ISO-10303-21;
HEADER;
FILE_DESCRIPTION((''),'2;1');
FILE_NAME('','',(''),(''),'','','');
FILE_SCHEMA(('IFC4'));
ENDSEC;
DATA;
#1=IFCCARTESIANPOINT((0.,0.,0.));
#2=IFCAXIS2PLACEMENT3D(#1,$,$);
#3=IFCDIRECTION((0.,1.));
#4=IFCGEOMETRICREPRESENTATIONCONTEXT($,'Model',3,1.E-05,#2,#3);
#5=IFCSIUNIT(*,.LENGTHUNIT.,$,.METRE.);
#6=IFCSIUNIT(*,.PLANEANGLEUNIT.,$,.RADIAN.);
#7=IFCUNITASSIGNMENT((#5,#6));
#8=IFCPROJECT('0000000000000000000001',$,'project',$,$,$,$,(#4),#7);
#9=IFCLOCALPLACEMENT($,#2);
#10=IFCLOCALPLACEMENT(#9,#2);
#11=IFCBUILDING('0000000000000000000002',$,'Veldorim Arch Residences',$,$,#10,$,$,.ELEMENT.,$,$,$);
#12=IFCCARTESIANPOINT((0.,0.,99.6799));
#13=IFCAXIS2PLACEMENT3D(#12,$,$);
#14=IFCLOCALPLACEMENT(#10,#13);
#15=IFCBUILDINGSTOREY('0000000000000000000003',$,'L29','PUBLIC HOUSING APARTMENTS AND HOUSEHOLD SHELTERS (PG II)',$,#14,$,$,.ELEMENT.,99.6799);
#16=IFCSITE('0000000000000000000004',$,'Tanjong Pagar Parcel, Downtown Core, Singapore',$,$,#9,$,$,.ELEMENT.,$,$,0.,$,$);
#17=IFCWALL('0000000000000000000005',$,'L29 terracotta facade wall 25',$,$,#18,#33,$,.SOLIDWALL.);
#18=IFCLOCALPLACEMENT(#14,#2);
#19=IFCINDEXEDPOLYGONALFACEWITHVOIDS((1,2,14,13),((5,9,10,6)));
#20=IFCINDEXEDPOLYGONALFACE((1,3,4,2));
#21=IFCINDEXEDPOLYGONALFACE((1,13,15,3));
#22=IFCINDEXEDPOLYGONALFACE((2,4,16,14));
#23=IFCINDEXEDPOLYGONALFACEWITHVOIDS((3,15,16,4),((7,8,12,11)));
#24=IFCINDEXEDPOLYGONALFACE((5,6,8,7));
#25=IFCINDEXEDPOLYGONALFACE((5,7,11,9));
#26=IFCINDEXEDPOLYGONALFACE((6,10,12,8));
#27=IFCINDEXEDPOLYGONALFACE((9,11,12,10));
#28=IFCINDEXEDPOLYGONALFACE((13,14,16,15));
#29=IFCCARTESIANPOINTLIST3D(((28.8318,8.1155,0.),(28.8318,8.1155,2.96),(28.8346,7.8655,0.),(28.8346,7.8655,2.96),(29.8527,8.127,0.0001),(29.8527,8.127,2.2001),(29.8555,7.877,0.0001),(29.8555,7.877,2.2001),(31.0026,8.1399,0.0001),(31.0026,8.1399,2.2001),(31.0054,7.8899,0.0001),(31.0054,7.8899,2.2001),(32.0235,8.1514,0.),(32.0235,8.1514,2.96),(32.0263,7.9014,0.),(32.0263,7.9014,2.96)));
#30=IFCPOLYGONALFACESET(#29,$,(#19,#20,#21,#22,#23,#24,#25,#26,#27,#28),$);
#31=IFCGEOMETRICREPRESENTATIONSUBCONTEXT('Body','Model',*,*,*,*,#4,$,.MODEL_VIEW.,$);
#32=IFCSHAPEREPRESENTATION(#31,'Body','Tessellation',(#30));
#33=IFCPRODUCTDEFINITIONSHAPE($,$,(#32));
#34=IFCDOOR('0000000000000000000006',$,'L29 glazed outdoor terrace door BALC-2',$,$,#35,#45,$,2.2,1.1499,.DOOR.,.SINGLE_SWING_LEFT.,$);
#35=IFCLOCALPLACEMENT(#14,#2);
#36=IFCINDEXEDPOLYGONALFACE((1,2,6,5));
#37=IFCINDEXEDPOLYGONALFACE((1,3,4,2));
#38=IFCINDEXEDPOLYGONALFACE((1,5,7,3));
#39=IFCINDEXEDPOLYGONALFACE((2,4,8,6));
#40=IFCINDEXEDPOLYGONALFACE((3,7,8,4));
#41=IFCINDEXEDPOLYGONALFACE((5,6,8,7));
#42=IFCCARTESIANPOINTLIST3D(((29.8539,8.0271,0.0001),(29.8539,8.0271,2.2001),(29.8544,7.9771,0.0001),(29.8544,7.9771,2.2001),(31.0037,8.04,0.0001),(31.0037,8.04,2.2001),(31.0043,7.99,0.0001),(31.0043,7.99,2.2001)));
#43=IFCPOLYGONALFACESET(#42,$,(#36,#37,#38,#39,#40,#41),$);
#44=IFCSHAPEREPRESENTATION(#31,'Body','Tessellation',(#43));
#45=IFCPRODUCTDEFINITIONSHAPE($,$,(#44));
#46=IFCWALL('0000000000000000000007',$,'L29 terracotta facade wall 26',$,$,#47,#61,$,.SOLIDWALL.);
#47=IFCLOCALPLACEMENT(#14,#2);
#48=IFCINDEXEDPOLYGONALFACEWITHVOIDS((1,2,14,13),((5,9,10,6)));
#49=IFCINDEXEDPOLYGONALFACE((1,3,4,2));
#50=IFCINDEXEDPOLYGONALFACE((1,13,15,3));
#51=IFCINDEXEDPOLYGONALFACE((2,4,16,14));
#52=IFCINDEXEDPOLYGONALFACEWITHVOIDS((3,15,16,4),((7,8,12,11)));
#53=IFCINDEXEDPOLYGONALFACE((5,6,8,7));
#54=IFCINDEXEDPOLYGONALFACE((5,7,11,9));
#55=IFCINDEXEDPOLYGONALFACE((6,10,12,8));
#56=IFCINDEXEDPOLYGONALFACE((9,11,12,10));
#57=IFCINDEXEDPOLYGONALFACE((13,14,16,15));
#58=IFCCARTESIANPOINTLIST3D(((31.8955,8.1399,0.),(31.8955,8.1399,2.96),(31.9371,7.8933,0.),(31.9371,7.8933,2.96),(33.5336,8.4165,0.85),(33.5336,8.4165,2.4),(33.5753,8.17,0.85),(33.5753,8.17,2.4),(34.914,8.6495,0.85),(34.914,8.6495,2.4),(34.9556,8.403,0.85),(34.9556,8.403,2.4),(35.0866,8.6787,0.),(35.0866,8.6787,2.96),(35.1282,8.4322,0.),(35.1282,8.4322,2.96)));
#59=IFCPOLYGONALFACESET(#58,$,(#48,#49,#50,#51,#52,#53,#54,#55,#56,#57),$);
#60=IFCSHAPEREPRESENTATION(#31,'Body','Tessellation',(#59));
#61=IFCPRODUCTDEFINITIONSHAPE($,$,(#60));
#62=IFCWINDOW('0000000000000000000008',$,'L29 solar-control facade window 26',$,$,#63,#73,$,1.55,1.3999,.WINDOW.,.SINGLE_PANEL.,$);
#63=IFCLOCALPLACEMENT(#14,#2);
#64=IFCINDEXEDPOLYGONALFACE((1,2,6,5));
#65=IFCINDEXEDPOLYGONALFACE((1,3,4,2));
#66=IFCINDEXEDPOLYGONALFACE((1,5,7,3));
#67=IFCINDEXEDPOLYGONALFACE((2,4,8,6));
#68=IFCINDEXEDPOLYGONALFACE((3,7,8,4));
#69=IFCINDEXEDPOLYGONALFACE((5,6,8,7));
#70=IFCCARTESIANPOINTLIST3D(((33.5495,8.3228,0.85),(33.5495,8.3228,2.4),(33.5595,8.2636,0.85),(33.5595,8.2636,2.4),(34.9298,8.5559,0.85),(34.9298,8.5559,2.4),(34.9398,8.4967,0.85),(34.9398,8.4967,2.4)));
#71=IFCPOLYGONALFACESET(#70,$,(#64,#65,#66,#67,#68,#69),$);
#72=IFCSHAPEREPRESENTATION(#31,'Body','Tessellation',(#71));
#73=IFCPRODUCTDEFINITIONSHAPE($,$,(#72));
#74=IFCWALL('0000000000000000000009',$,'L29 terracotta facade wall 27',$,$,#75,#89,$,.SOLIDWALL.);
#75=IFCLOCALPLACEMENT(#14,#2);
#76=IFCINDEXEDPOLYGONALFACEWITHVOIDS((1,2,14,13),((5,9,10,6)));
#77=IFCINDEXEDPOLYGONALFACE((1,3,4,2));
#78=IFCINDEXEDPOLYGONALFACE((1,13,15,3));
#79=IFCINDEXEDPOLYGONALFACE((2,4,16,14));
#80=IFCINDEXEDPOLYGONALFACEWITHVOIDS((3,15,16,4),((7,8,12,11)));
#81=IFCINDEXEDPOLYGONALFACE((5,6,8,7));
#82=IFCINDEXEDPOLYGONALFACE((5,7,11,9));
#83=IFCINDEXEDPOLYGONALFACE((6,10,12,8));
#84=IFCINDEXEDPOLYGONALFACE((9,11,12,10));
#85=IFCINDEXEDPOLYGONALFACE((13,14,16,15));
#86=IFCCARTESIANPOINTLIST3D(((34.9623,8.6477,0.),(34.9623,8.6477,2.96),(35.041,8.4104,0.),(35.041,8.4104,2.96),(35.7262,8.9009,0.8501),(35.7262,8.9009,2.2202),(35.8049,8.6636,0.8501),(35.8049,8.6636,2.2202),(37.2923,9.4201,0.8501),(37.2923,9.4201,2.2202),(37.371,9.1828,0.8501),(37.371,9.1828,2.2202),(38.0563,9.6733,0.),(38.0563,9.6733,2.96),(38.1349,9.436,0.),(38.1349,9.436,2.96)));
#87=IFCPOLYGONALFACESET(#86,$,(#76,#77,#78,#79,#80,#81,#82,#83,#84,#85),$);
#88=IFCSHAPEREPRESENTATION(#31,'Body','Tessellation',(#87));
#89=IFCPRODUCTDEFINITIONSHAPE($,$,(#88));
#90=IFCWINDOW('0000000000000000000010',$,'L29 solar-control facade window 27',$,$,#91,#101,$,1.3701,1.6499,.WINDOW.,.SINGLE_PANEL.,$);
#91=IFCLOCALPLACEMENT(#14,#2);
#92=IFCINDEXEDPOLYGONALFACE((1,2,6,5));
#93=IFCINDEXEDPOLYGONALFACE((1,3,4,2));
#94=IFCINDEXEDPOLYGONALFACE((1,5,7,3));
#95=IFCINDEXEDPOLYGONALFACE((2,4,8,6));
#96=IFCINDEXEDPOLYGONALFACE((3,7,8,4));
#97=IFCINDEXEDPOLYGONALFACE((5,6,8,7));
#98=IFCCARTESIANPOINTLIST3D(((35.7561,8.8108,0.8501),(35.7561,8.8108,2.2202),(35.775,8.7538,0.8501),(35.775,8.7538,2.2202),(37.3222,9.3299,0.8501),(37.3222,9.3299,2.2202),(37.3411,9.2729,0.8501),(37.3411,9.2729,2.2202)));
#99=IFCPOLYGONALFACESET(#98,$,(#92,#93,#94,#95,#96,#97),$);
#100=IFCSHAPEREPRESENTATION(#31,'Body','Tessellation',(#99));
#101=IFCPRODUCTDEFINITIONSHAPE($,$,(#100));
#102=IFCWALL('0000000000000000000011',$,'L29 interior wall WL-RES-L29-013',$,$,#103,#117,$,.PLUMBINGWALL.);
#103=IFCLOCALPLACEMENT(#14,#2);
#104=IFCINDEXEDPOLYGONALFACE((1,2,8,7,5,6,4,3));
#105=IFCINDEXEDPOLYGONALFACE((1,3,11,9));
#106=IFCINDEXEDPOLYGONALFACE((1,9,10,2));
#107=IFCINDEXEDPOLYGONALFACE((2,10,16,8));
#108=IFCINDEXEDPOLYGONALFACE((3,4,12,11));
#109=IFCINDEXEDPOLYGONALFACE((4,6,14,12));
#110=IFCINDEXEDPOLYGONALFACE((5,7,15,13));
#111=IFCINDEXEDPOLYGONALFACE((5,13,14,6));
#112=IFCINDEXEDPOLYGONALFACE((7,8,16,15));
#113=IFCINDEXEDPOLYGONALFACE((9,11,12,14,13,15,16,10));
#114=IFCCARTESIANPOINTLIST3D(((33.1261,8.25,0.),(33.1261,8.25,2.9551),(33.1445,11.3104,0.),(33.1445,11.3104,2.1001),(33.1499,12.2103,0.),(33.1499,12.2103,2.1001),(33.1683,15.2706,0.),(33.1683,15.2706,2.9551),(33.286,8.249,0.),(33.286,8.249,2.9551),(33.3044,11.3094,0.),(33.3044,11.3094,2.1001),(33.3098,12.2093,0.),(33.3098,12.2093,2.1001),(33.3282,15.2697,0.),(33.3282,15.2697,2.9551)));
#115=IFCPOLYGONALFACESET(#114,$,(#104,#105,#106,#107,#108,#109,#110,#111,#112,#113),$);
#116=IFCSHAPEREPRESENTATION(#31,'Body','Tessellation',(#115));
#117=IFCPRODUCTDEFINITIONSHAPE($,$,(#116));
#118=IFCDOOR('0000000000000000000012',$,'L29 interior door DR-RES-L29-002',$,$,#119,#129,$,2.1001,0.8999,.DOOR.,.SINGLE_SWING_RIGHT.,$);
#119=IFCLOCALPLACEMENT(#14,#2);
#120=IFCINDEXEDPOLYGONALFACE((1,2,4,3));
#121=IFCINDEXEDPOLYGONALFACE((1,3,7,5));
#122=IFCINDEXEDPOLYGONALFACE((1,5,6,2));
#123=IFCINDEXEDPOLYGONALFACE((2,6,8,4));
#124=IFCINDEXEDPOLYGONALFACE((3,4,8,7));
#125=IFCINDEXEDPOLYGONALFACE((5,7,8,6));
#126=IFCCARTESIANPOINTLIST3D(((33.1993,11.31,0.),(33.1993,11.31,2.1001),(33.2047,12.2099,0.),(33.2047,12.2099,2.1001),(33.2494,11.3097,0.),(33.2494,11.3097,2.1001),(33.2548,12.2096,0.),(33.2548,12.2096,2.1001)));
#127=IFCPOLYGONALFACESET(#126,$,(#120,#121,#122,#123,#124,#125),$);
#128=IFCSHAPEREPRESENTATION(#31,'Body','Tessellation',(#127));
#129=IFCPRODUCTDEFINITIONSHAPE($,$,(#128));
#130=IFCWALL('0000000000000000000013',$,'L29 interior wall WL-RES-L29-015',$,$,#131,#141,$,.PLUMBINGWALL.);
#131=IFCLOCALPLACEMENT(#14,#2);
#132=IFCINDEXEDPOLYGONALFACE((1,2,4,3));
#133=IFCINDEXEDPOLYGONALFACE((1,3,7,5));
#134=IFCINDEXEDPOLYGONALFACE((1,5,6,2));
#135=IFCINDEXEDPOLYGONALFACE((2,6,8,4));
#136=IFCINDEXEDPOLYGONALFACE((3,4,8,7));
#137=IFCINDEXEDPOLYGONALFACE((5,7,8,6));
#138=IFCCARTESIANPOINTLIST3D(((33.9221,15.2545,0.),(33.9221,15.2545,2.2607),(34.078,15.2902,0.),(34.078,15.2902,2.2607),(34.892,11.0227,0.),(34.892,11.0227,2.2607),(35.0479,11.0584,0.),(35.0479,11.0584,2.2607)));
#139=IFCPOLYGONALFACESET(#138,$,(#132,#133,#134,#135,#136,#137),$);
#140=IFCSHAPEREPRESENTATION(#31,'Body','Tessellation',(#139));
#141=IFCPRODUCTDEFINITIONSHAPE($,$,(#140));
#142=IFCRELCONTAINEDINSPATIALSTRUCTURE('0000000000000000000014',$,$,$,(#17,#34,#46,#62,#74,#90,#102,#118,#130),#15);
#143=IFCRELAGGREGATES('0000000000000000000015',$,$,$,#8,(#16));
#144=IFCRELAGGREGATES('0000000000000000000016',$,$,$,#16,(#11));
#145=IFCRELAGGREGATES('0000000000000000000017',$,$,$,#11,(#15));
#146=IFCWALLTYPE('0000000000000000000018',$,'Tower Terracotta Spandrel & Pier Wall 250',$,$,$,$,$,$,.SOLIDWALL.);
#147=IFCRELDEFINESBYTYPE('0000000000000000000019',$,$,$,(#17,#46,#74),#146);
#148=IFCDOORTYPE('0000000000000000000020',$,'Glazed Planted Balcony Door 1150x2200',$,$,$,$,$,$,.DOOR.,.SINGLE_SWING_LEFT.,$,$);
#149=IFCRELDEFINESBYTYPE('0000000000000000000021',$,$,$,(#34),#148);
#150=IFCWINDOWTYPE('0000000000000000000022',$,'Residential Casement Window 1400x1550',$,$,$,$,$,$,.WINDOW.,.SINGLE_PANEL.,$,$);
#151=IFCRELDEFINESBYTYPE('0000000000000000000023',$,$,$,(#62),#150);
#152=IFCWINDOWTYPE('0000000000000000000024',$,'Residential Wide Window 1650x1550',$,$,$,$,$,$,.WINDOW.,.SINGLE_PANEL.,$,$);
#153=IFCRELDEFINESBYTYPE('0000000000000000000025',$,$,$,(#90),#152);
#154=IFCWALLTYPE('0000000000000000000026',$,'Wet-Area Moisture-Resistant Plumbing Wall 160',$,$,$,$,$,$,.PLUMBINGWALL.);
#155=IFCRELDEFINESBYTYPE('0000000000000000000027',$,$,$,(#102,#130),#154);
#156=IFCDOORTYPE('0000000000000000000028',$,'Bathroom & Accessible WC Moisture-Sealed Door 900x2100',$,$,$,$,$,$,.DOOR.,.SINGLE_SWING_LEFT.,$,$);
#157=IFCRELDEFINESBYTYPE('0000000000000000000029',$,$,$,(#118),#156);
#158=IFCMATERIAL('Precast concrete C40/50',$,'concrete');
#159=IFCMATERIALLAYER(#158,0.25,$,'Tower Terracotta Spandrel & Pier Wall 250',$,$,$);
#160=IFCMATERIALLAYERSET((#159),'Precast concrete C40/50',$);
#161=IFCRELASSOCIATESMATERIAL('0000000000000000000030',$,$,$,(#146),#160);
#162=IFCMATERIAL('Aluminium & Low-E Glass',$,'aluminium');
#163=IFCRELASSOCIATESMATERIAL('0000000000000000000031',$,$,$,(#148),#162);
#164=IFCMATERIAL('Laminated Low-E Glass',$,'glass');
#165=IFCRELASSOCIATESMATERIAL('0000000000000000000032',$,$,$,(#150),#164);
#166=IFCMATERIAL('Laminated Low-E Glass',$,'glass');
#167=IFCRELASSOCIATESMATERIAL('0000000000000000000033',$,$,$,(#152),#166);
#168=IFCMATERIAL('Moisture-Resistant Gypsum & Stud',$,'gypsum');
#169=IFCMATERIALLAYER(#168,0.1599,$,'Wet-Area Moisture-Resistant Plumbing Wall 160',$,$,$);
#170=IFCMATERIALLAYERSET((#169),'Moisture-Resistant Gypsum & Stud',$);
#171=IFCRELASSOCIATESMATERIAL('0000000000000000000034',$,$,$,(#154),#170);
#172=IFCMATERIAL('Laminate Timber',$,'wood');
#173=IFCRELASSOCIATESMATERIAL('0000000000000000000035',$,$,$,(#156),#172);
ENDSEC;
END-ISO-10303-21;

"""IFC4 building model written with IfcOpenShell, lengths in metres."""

from ifc_helpers import new_model, si_unit, direction, frame, frame_2d, origin, place, context, subcontext, project, spatial, rectangle, extrude, material, layer, layer_set, type_object, element, fill, save


model = new_model("IFC4")

# Units and contexts
model_context = context("Model", 3, precision=1e-05, world=origin(), true_north=direction((0.0, 1.0)))
body_context = subcontext(model_context, "Body", "Model", "MODEL_VIEW")
ifc_project = project(units=[si_unit("LENGTHUNIT", "METRE"), si_unit("PLANEANGLEUNIT", "RADIAN")], contexts=[model_context])

# Site, building, storey
site_placement = place(None, origin())
site = spatial("IfcSite", under=ifc_project, at=site_placement, Name="Tanjong Pagar Parcel, Downtown Core, Singapore", CompositionType="ELEMENT", RefElevation=0.0)
building_placement = place(site_placement, origin())
building = spatial("IfcBuilding", under=site, at=building_placement, Name="Veldorim Arch Residences", CompositionType="ELEMENT")
storey_placement = place(building_placement, frame((0.0, 0.0, 99.6799)))
storey = spatial("IfcBuildingStorey", under=building, at=storey_placement, Name="L29", Description="PUBLIC HOUSING APARTMENTS AND HOUSEHOLD SHELTERS (PG II)", CompositionType="ELEMENT", Elevation=99.6799)

# Wall, opening, door
ifc_material_1 = material(Name="Precast concrete C40/50", Category="concrete")
ifc_layer_1 = layer(ifc_material_1, 0.25, Name="Tower Terracotta Spandrel & Pier Wall 250")
ifc_layer_set_1 = layer_set([ifc_layer_1], Name="Precast concrete C40/50")
wall_type_1 = type_object("IfcWallType", Name="Tower Terracotta Spandrel & Pier Wall 250", PredefinedType="SOLIDWALL", material=ifc_layer_set_1)
wall_1_placement = place(storey_placement, frame((32.0249, 8.0264, 0.0), z_axis=(0.0, 0.0, 1.0), x_axis=(-0.999937, -0.011244, 0.0)))
wall_1 = element("IfcWall", 1, at=wall_1_placement, inside=storey, type_object=wall_type_1, Name="L29 terracotta facade wall 25", PredefinedType="SOLIDWALL", context=body_context, shape_type="SweptSolid", body=[
    extrude(rectangle(XDim=3.1919, YDim=0.25, at=frame_2d((1.5959, 0.0))), origin(), (0.0, 0.0, 1.0), 2.96),
])
opening_1_placement = place(wall_1_placement, frame((1.021, 0.0, 0.0)))
opening_1 = element("IfcOpeningElement", 2, at=opening_1_placement, cuts=wall_1, PredefinedType="OPENING", context=body_context, shape_type="SweptSolid", body=[
    extrude(rectangle(XDim=1.1499, YDim=2.2, at=frame_2d((0.575, 1.1001))), frame((0.0, 0.135, 0.0), z_axis=(0.0, -1.0, 0.0), x_axis=(1.0, 0.0, 0.0)), (0.0, 0.0, 1.0), 0.27),
])
ifc_material_2 = material(Name="Aluminium & Low-E Glass", Category="aluminium")
door_type_1 = type_object("IfcDoorType", Name="Glazed Planted Balcony Door 1150x2200", OperationType="SINGLE_SWING_LEFT", PredefinedType="DOOR", material=ifc_material_2)
door_1_placement = place(opening_1_placement, origin())
door_1 = element("IfcDoor", 3, at=door_1_placement, inside=storey, type_object=door_type_1, Name="L29 glazed outdoor terrace door BALC-2", OperationType="SINGLE_SWING_LEFT", OverallHeight=2.2, OverallWidth=1.1499, PredefinedType="DOOR", context=body_context, shape_type="SweptSolid", body=[
    extrude(rectangle(XDim=1.1499, YDim=2.2, at=frame_2d((0.575, 1.1001))), frame((0.0, 0.0249, 0.0), z_axis=(0.0, -1.0, 0.0), x_axis=(1.0, 0.0, 0.0)), (0.0, 0.0, 1.0), 0.05),
])
fill(opening_1, door_1)

# Walls, openings, windows
wall_2_placement = place(storey_placement, frame((35.1074, 8.5554, 0.0), z_axis=(0.0, 0.0, 1.0), x_axis=(-0.986043, -0.16649, 0.0)))
wall_2 = element("IfcWall", 4, at=wall_2_placement, inside=storey, type_object=wall_type_1, Name="L29 terracotta facade wall 26", PredefinedType="SOLIDWALL", context=body_context, shape_type="SweptSolid", body=[
    extrude(rectangle(XDim=3.2363, YDim=0.25, at=frame_2d((1.6182, 0.0))), origin(), (0.0, 0.0, 1.0), 2.96),
])
opening_2_placement = place(wall_2_placement, frame((0.175, 0.0, 0.8501)))
opening_2 = element("IfcOpeningElement", 5, at=opening_2_placement, cuts=wall_2, PredefinedType="OPENING", context=body_context, shape_type="SweptSolid", body=[
    extrude(rectangle(XDim=1.3999, YDim=1.55, at=frame_2d((0.7, 0.7749))), frame((0.0, 0.135, 0.0), z_axis=(0.0, -1.0, 0.0), x_axis=(1.0, 0.0, 0.0)), (0.0, 0.0, 1.0), 0.27),
])
ifc_material_3 = material(Name="Laminated Low-E Glass", Category="glass")
window_type_1 = type_object("IfcWindowType", Name="Residential Casement Window 1400x1550", PartitioningType="SINGLE_PANEL", PredefinedType="WINDOW", material=ifc_material_3)
window_1_placement = place(opening_2_placement, origin())
window_1 = element("IfcWindow", 6, at=window_1_placement, inside=storey, type_object=window_type_1, Name="L29 solar-control facade window 26", OverallHeight=1.55, OverallWidth=1.3999, PartitioningType="SINGLE_PANEL", PredefinedType="WINDOW", context=body_context, shape_type="SweptSolid", body=[
    extrude(rectangle(XDim=1.3999, YDim=1.55, at=frame_2d((0.7, 0.7749))), frame((0.0, 0.03, 0.0), z_axis=(0.0, -1.0, 0.0), x_axis=(1.0, 0.0, 0.0)), (0.0, 0.0, 1.0), 0.0601),
])
fill(opening_2, window_1)
wall_3_placement = place(storey_placement, frame((38.0957, 9.5547, 0.0), z_axis=(0.0, 0.0, 1.0), x_axis=(-0.949206, -0.314654, 0.0)))
wall_3 = element("IfcWall", 7, at=wall_3_placement, inside=storey, type_object=wall_type_1, Name="L29 terracotta facade wall 27", PredefinedType="SOLIDWALL", context=body_context, shape_type="SweptSolid", body=[
    extrude(rectangle(XDim=3.2595, YDim=0.25, at=frame_2d((1.6299, 0.0))), origin(), (0.0, 0.0, 1.0), 2.96),
])
opening_3_placement = place(wall_3_placement, frame((0.8049, 0.0, 0.8501)))
opening_3 = element("IfcOpeningElement", 8, at=opening_3_placement, cuts=wall_3, PredefinedType="OPENING", context=body_context, shape_type="SweptSolid", body=[
    extrude(rectangle(XDim=1.6499, YDim=1.3701, at=frame_2d((0.825, 0.6851))), frame((0.0, 0.135, 0.0), z_axis=(0.0, -1.0, 0.0), x_axis=(1.0, 0.0, 0.0)), (0.0, 0.0, 1.0), 0.27),
])
ifc_material_4 = material(Name="Laminated Low-E Glass", Category="glass")
window_type_2 = type_object("IfcWindowType", Name="Residential Wide Window 1650x1550", PartitioningType="SINGLE_PANEL", PredefinedType="WINDOW", material=ifc_material_4)
window_2_placement = place(opening_3_placement, origin())
window_2 = element("IfcWindow", 9, at=window_2_placement, inside=storey, type_object=window_type_2, Name="L29 solar-control facade window 27", OverallHeight=1.3701, OverallWidth=1.6499, PartitioningType="SINGLE_PANEL", PredefinedType="WINDOW", context=body_context, shape_type="SweptSolid", body=[
    extrude(rectangle(XDim=1.6499, YDim=1.3701, at=frame_2d((0.825, 0.6851))), frame((0.0, 0.03, 0.0), z_axis=(0.0, -1.0, 0.0), x_axis=(1.0, 0.0, 0.0)), (0.0, 0.0, 1.0), 0.0601),
])
fill(opening_3, window_2)

# Wall, opening, door
ifc_material_5 = material(Name="Moisture-Resistant Gypsum & Stud", Category="gypsum")
ifc_layer_2 = layer(ifc_material_5, 0.1599, Name="Wet-Area Moisture-Resistant Plumbing Wall 160")
ifc_layer_set_2 = layer_set([ifc_layer_2], Name="Moisture-Resistant Gypsum & Stud")
wall_type_2 = type_object("IfcWallType", Name="Wet-Area Moisture-Resistant Plumbing Wall 160", PredefinedType="PLUMBINGWALL", material=ifc_layer_set_2)
wall_4_placement = place(storey_placement, frame((33.2483, 15.27, 0.0), z_axis=(0.0, 0.0, 1.0), x_axis=(-0.006016, -0.999982, 0.0)))
wall_4 = element("IfcWall", 10, at=wall_4_placement, inside=storey, type_object=wall_type_2, Name="L29 interior wall WL-RES-L29-013", PredefinedType="PLUMBINGWALL", context=body_context, shape_type="SweptSolid", body=[
    extrude(rectangle(XDim=7.0208, YDim=0.1599, at=frame_2d((3.5103, 0.0))), origin(), (0.0, 0.0, 1.0), 2.9551),
])
opening_4_placement = place(wall_4_placement, frame((3.0603, 0.0, 0.0)))
opening_4 = element("IfcOpeningElement", 11, at=opening_4_placement, cuts=wall_4, PredefinedType="OPENING", context=body_context, shape_type="SweptSolid", body=[
    extrude(rectangle(XDim=0.8999, YDim=2.1001, at=frame_2d((0.45, 1.05))), frame((0.0, 0.0898, 0.0), z_axis=(0.0, -1.0, 0.0), x_axis=(1.0, 0.0, 0.0)), (0.0, 0.0, 1.0), 0.1799),
])
ifc_material_6 = material(Name="Laminate Timber", Category="wood")
door_type_2 = type_object("IfcDoorType", Name="Bathroom & Accessible WC Moisture-Sealed Door 900x2100", OperationType="SINGLE_SWING_LEFT", PredefinedType="DOOR", material=ifc_material_6)
door_2_placement = place(opening_4_placement, origin())
door_2 = element("IfcDoor", 12, at=door_2_placement, inside=storey, type_object=door_type_2, Name="L29 interior door DR-RES-L29-002", OperationType="SINGLE_SWING_RIGHT", OverallHeight=2.1001, OverallWidth=0.8999, PredefinedType="DOOR", context=body_context, shape_type="SweptSolid", body=[
    extrude(rectangle(XDim=0.8999, YDim=2.1001, at=frame_2d((0.45, 1.05))), frame((0.0, 0.0249, 0.0), z_axis=(0.0, -1.0, 0.0), x_axis=(1.0, 0.0, 0.0)), (0.0, 0.0, 1.0), 0.05),
])
fill(opening_4, door_2)

# Wall
wall_5_placement = place(storey_placement, frame((34.0, 15.2725, 0.0), z_axis=(0.0, 0.0, 1.0), x_axis=(0.22341, -0.974725, 0.0)))
element("IfcWall", 13, at=wall_5_placement, inside=storey, type_object=wall_type_2, Name="L29 interior wall WL-RES-L29-015", PredefinedType="PLUMBINGWALL", context=body_context, shape_type="SweptSolid", body=[
    extrude(rectangle(XDim=4.3416, YDim=0.1599, at=frame_2d((2.1709, 0.0))), origin(), (0.0, 0.0, 1.0), 2.2607),
])

save(model, "model.ifc")
